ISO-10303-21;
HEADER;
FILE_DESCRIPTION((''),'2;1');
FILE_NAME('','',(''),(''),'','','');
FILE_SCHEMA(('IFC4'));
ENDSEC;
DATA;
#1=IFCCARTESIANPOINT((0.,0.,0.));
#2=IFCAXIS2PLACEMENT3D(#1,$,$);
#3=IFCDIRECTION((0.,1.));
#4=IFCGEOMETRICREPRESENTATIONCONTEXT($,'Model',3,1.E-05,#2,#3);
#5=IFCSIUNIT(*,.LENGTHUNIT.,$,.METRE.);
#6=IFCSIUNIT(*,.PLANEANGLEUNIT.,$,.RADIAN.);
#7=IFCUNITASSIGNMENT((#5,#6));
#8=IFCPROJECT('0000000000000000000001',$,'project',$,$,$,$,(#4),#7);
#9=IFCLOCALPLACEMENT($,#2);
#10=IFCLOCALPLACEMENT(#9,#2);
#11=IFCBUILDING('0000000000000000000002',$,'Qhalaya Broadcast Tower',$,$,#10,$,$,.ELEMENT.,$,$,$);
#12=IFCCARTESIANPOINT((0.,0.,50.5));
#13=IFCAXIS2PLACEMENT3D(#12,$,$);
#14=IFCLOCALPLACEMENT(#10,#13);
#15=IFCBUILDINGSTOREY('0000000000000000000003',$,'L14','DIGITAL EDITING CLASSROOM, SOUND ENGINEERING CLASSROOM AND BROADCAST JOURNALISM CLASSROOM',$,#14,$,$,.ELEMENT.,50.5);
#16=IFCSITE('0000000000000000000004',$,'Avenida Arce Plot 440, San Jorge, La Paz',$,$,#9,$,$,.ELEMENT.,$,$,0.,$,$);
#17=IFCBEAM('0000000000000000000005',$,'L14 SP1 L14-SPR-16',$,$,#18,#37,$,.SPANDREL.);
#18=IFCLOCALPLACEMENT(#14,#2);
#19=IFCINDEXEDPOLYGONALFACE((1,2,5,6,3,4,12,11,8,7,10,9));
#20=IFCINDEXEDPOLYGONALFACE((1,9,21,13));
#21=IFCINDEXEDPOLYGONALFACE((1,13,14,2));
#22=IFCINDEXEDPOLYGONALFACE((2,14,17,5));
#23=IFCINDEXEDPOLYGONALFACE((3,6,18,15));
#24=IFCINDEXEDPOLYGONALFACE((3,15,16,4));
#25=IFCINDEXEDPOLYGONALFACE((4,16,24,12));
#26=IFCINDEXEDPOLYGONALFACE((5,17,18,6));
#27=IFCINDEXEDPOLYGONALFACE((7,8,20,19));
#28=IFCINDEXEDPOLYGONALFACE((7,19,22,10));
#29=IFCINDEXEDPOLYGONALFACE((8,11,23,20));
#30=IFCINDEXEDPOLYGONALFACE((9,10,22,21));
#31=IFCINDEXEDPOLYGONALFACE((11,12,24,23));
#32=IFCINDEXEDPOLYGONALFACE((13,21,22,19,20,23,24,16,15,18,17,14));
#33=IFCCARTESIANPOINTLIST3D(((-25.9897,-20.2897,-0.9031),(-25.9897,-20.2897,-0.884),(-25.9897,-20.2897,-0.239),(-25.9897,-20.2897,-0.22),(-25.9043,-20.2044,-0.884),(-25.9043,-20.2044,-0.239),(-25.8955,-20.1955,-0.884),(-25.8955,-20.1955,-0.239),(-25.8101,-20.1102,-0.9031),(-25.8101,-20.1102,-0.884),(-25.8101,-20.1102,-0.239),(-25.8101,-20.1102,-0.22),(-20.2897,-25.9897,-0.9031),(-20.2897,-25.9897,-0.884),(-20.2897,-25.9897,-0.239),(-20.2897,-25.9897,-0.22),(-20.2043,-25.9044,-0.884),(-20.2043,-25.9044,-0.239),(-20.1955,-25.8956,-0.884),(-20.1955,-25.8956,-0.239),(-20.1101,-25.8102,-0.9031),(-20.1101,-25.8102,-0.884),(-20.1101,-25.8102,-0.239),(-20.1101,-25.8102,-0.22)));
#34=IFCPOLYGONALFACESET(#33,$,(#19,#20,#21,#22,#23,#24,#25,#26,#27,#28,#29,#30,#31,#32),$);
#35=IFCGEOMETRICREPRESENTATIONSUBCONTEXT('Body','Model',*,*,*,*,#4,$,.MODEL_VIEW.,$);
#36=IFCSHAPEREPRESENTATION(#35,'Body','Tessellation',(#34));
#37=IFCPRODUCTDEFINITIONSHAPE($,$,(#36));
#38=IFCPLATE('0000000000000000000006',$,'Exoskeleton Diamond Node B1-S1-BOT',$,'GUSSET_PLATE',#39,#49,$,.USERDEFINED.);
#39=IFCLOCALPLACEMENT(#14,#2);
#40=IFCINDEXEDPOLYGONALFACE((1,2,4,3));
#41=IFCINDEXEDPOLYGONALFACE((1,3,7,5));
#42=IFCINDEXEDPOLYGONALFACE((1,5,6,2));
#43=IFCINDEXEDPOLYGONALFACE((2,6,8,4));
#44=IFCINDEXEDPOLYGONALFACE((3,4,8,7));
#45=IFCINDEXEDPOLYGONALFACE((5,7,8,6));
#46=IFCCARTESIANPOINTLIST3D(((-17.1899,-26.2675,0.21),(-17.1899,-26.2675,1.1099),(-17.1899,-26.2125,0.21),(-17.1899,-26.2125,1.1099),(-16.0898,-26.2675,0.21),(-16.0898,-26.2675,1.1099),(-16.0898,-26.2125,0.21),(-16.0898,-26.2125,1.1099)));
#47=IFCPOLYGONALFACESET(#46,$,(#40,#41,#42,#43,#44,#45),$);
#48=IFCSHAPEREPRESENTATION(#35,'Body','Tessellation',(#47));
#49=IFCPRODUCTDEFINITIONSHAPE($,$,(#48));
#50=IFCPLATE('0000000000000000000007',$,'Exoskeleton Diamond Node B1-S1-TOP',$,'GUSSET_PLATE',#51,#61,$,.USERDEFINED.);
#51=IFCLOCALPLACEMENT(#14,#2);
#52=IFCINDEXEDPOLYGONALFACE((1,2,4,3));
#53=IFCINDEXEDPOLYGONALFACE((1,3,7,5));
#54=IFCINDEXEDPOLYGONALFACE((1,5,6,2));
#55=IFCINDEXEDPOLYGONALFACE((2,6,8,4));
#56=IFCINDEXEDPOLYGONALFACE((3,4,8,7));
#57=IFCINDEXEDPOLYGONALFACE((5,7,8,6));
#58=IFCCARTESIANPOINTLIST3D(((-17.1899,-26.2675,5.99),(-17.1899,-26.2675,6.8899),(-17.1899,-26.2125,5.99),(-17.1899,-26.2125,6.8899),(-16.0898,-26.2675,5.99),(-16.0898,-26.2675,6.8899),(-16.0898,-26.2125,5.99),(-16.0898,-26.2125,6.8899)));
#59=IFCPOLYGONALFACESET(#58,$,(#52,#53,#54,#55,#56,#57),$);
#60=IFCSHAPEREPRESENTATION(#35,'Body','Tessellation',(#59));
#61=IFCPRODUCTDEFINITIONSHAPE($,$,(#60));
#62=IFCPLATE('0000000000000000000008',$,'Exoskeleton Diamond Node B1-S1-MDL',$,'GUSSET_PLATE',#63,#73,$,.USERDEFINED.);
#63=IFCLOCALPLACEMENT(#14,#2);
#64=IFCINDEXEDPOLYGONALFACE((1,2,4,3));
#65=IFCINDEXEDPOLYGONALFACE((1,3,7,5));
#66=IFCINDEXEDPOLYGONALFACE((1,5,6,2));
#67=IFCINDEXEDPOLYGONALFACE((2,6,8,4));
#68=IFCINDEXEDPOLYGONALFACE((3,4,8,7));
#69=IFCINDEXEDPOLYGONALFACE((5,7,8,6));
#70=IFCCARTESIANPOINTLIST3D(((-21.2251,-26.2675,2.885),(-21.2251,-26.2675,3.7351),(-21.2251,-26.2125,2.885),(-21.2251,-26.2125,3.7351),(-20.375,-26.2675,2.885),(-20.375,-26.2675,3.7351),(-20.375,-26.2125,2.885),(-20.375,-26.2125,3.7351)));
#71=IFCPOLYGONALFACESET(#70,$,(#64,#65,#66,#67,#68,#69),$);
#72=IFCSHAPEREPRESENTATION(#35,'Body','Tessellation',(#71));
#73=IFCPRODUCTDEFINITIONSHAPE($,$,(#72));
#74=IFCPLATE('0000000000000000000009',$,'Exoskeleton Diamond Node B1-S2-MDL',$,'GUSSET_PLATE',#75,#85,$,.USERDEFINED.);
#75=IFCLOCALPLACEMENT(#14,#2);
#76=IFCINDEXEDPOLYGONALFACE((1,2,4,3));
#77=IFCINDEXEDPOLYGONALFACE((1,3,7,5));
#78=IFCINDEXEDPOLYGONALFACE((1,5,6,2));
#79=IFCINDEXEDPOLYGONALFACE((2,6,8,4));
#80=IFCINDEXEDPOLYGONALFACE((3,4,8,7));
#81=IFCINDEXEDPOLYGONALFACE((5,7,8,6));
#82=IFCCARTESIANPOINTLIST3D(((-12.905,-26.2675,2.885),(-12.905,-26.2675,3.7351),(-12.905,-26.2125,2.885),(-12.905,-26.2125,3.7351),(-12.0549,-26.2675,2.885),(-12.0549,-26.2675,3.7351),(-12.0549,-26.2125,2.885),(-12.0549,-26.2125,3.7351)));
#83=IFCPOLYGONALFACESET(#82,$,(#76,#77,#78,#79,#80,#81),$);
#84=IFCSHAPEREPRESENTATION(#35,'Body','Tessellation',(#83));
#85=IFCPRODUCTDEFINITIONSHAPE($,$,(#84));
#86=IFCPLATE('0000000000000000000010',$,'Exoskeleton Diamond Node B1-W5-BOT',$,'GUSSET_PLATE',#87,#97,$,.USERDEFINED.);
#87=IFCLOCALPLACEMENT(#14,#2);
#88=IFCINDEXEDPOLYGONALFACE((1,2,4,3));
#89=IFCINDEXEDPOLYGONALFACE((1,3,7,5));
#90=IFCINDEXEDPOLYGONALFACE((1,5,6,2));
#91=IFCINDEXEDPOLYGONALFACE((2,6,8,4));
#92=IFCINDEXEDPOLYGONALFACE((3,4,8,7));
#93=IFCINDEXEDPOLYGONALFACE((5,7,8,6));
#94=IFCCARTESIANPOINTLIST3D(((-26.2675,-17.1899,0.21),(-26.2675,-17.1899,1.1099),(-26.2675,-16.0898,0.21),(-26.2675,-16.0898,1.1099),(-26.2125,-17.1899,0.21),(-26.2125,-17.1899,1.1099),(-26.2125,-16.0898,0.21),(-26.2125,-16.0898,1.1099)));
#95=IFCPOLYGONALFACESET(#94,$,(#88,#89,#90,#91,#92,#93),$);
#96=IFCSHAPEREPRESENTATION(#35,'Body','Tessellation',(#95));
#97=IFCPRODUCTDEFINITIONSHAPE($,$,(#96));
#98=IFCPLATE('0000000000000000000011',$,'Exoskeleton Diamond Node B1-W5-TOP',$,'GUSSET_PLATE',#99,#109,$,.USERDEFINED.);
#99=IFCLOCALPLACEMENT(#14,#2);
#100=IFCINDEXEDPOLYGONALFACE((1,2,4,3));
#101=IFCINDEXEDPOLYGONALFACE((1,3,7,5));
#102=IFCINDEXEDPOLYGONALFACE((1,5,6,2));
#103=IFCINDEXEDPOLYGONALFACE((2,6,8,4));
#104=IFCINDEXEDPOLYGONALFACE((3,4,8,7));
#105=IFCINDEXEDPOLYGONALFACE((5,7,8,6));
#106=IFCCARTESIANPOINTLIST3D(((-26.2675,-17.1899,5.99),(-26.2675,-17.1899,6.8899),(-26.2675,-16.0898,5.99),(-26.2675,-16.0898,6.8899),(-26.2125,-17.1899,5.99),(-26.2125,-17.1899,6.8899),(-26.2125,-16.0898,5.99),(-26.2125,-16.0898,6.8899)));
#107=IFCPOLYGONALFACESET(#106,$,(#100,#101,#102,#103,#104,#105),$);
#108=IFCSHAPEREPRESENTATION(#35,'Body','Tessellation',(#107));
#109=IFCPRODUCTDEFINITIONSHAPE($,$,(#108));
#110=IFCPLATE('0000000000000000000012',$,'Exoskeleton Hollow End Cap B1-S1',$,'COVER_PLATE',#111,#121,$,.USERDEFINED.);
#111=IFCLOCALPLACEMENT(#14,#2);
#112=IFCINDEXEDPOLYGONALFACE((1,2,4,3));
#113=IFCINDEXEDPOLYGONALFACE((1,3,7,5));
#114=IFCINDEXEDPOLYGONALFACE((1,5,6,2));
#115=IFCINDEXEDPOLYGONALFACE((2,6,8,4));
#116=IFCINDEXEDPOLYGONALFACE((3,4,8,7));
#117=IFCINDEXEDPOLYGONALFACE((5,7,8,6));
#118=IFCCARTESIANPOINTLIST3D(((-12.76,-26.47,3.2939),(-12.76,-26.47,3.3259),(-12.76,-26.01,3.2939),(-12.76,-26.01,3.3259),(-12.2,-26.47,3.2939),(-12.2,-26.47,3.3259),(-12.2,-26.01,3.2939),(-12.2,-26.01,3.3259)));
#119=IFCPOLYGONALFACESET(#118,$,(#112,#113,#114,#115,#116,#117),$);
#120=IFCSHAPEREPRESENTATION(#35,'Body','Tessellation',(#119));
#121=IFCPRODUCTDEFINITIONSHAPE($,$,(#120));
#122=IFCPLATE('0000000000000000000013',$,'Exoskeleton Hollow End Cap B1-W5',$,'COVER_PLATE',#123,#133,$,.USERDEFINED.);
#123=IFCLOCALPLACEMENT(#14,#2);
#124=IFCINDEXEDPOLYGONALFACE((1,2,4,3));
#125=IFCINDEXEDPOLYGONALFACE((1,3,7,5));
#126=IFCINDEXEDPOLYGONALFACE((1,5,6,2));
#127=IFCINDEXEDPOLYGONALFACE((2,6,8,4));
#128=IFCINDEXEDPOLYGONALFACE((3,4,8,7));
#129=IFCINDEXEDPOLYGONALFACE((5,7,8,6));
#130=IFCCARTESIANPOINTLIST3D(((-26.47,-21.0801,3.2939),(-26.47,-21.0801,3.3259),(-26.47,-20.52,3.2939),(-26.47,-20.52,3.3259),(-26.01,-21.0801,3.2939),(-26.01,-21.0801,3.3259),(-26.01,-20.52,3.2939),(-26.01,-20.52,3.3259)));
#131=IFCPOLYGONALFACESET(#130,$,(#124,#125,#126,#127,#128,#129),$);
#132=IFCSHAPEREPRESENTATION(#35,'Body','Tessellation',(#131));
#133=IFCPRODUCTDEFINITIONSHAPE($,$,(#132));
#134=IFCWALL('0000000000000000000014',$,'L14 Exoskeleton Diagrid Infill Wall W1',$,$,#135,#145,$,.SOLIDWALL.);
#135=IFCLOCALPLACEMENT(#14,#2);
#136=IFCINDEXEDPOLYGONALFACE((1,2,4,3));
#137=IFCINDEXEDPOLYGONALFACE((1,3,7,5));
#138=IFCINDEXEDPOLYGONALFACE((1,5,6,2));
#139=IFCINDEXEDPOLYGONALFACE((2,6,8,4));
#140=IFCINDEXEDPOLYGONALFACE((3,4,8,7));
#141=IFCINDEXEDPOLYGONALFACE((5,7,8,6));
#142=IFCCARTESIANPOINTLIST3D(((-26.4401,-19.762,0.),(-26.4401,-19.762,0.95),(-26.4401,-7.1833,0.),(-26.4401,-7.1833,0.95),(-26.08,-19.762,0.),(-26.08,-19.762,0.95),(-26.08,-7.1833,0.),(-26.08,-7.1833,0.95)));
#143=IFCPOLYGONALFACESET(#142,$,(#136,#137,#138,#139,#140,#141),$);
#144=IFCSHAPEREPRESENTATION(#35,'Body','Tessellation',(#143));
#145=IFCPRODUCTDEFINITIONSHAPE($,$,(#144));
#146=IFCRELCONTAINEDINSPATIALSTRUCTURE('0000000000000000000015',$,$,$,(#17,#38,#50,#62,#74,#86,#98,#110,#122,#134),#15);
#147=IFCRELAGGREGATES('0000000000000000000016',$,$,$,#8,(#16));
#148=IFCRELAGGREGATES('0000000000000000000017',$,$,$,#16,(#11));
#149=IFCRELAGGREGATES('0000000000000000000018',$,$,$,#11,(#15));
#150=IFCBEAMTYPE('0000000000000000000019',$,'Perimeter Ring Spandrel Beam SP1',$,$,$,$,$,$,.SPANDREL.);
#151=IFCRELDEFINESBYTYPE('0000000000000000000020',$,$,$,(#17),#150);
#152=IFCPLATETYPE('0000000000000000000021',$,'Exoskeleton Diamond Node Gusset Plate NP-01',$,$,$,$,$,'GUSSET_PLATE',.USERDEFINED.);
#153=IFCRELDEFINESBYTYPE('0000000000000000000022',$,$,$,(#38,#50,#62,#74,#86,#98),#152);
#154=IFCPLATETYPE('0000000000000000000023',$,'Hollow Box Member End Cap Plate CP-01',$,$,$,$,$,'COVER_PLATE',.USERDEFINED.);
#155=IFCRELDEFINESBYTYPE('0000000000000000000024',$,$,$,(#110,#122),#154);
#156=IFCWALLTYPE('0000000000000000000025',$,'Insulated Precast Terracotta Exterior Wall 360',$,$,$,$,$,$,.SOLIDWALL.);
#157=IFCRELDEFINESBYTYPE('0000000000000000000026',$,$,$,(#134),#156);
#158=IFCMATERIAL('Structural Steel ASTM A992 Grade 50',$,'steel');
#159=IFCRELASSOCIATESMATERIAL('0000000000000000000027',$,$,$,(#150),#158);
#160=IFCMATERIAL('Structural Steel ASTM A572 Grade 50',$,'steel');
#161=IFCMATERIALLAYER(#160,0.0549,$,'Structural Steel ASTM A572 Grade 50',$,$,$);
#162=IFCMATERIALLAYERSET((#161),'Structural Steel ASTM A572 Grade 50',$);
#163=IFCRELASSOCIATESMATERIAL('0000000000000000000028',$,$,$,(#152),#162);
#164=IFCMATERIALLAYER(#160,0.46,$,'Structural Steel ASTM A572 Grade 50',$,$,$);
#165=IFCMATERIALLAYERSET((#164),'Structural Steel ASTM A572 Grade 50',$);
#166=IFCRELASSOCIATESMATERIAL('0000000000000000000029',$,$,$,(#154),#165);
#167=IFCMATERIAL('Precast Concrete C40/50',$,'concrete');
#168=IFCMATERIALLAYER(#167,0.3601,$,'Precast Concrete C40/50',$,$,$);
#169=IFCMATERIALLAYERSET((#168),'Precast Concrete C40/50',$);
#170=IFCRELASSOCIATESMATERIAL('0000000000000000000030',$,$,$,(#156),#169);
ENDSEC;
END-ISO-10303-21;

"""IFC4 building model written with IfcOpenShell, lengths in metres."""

from ifc_helpers import new_model, si_unit, direction, frame, frame_2d, origin, origin_2d, place, context, subcontext, project, spatial, rectangle, i_section, extrude, material, layer, layer_set, material_profile, profile_set, type_object, element, save


model = new_model("IFC4")

# Units and contexts
model_context = context("Model", 3, precision=1e-05, world=origin(), true_north=direction((0.0, 1.0)))
body_context = subcontext(model_context, "Body", "Model", "MODEL_VIEW")
ifc_project = project(units=[si_unit("LENGTHUNIT", "METRE"), si_unit("PLANEANGLEUNIT", "RADIAN")], contexts=[model_context])

# Site, building, storey
site_placement = place(None, origin())
site = spatial("IfcSite", under=ifc_project, at=site_placement, Name="Avenida Arce Plot 440, San Jorge, La Paz", CompositionType="ELEMENT", RefElevation=0.0)
building_placement = place(site_placement, origin())
building = spatial("IfcBuilding", under=site, at=building_placement, Name="Qhalaya Broadcast Tower", CompositionType="ELEMENT")
storey_placement = place(building_placement, frame((0.0, 0.0, 50.5)))
storey = spatial("IfcBuildingStorey", under=building, at=storey_placement, Name="L14", Description="DIGITAL EDITING CLASSROOM, SOUND ENGINEERING CLASSROOM AND BROADCAST JOURNALISM CLASSROOM", CompositionType="ELEMENT", Elevation=50.5)

# Shared definitions
ifc_material_1 = material(Name="Structural Steel ASTM A572 Grade 50", Category="steel")

# Beam
ifc_material_2 = material(Name="Structural Steel ASTM A992 Grade 50", Category="steel")
ifc_material_profile_1 = material_profile(ifc_material_2, i_section(OverallWidth=0.2539, OverallDepth=0.6831, WebThickness=0.0125, FlangeThickness=0.019, at=origin_2d()), Name="W27X94")
ifc_profile_set_1 = profile_set([ifc_material_profile_1], Name="Structural Steel ASTM A992 Grade 50")
beam_type = type_object("IfcBeamType", Name="Perimeter Ring Spandrel Beam SP1", PredefinedType="SPANDREL", material=ifc_profile_set_1)
beam_1_placement = place(storey_placement, frame((-25.8999, -20.2, -0.5615), z_axis=(0.707107, -0.707107, 0.0), x_axis=(0.707107, 0.707107, 0.0)))
element("IfcBeam", 1, at=beam_1_placement, inside=storey, type_object=beam_type, Name="L14 SP1 L14-SPR-16", PredefinedType="SPANDREL", context=body_context, shape_type="SweptSolid", body=[
    extrude(i_section(OverallWidth=0.2539, OverallDepth=0.6831, WebThickness=0.0125, FlangeThickness=0.019, at=origin_2d()), origin(), (0.0, 0.0, 1.0), 8.061),
])

# Plates
ifc_layer_1 = layer(ifc_material_1, 0.0549, Name="Structural Steel ASTM A572 Grade 50")
ifc_layer_set_1 = layer_set([ifc_layer_1], Name="Structural Steel ASTM A572 Grade 50")
plate_type_1 = type_object("IfcPlateType", Name="Exoskeleton Diamond Node Gusset Plate NP-01", ElementType="GUSSET_PLATE", PredefinedType="USERDEFINED", material=ifc_layer_set_1)
for number, where, z_axis, x_axis, name in (
    (2, (-16.6399, -26.24, 0.21), (0.0, 0.0, 1.0), (1.0, 0.0, 0.0), "Exoskeleton Diamond Node B1-S1-BOT"),
    (3, (-16.6399, -26.24, 5.99), (0.0, 0.0, 1.0), (1.0, 0.0, 0.0), "Exoskeleton Diamond Node B1-S1-TOP"),
):
    element("IfcPlate", number, at=place(storey_placement, frame(where, z_axis=z_axis, x_axis=x_axis)), inside=storey, type_object=plate_type_1, Name=name, ObjectType="GUSSET_PLATE", PredefinedType="USERDEFINED", context=body_context, shape_type="SweptSolid", body=[
        extrude(rectangle(XDim=1.1001, YDim=0.0549, at=origin_2d()), origin(), (0.0, 0.0, 1.0), 0.8999),
    ])
for number, where, z_axis, x_axis, name in (
    (4, (-20.8, -26.24, 2.885), (0.0, 0.0, 1.0), (1.0, 0.0, 0.0), "Exoskeleton Diamond Node B1-S1-MDL"),
    (5, (-12.48, -26.24, 2.885), (0.0, 0.0, 1.0), (1.0, 0.0, 0.0), "Exoskeleton Diamond Node B1-S2-MDL"),
):
    element("IfcPlate", number, at=place(storey_placement, frame(where, z_axis=z_axis, x_axis=x_axis)), inside=storey, type_object=plate_type_1, Name=name, ObjectType="GUSSET_PLATE", PredefinedType="USERDEFINED", context=body_context, shape_type="SweptSolid", body=[
        extrude(rectangle(XDim=0.8501, YDim=0.0549, at=origin_2d()), origin(), (0.0, 0.0, 1.0), 0.8501),
    ])
for number, where, z_axis, x_axis, name in (
    (6, (-26.24, -16.6399, 0.21), (0.0, 0.0, 1.0), (0.0, 1.0, 0.0), "Exoskeleton Diamond Node B1-W5-BOT"),
    (7, (-26.24, -16.6399, 5.99), (0.0, 0.0, 1.0), (0.0, 1.0, 0.0), "Exoskeleton Diamond Node B1-W5-TOP"),
):
    element("IfcPlate", number, at=place(storey_placement, frame(where, z_axis=z_axis, x_axis=x_axis)), inside=storey, type_object=plate_type_1, Name=name, ObjectType="GUSSET_PLATE", PredefinedType="USERDEFINED", context=body_context, shape_type="SweptSolid", body=[
        extrude(rectangle(XDim=1.1001, YDim=0.0549, at=origin_2d()), origin(), (0.0, 0.0, 1.0), 0.8999),
    ])
ifc_layer_2 = layer(ifc_material_1, 0.46, Name="Structural Steel ASTM A572 Grade 50")
ifc_layer_set_2 = layer_set([ifc_layer_2], Name="Structural Steel ASTM A572 Grade 50")
plate_type_2 = type_object("IfcPlateType", Name="Hollow Box Member End Cap Plate CP-01", ElementType="COVER_PLATE", PredefinedType="USERDEFINED", material=ifc_layer_set_2)
for number, where, z_axis, x_axis, name in (
    (8, (-12.48, -26.24, 3.2939), (0.0, 0.0, 1.0), (1.0, 0.0, 0.0), "Exoskeleton Hollow End Cap B1-S1"),
    (9, (-26.24, -20.8, 3.2939), (0.0, 0.0, 1.0), (0.0, 1.0, 0.0), "Exoskeleton Hollow End Cap B1-W5"),
):
    element("IfcPlate", number, at=place(storey_placement, frame(where, z_axis=z_axis, x_axis=x_axis)), inside=storey, type_object=plate_type_2, Name=name, ObjectType="COVER_PLATE", PredefinedType="USERDEFINED", context=body_context, shape_type="SweptSolid", body=[
        extrude(rectangle(XDim=0.5601, YDim=0.46, at=origin_2d()), origin(), (0.0, 0.0, 1.0), 0.032),
    ])

# Wall
ifc_material_3 = material(Name="Precast Concrete C40/50", Category="concrete")
ifc_layer_3 = layer(ifc_material_3, 0.3601, Name="Precast Concrete C40/50")
ifc_layer_set_3 = layer_set([ifc_layer_3], Name="Precast Concrete C40/50")
wall_type = type_object("IfcWallType", Name="Insulated Precast Terracotta Exterior Wall 360", PredefinedType="SOLIDWALL", material=ifc_layer_set_3)
wall_placement = place(storey_placement, frame((-26.26, -19.762, 0.0), z_axis=(0.0, 0.0, 1.0), x_axis=(0.0, 1.0, 0.0)))
element("IfcWall", 10, at=wall_placement, inside=storey, type_object=wall_type, Name="L14 Exoskeleton Diagrid Infill Wall W1", PredefinedType="SOLIDWALL", context=body_context, shape_type="SweptSolid", body=[
    extrude(rectangle(XDim=12.5786, YDim=0.3601, at=frame_2d((6.2893, 0.0))), origin(), (0.0, 0.0, 1.0), 0.95),
])

save(model, "model.ifc")
